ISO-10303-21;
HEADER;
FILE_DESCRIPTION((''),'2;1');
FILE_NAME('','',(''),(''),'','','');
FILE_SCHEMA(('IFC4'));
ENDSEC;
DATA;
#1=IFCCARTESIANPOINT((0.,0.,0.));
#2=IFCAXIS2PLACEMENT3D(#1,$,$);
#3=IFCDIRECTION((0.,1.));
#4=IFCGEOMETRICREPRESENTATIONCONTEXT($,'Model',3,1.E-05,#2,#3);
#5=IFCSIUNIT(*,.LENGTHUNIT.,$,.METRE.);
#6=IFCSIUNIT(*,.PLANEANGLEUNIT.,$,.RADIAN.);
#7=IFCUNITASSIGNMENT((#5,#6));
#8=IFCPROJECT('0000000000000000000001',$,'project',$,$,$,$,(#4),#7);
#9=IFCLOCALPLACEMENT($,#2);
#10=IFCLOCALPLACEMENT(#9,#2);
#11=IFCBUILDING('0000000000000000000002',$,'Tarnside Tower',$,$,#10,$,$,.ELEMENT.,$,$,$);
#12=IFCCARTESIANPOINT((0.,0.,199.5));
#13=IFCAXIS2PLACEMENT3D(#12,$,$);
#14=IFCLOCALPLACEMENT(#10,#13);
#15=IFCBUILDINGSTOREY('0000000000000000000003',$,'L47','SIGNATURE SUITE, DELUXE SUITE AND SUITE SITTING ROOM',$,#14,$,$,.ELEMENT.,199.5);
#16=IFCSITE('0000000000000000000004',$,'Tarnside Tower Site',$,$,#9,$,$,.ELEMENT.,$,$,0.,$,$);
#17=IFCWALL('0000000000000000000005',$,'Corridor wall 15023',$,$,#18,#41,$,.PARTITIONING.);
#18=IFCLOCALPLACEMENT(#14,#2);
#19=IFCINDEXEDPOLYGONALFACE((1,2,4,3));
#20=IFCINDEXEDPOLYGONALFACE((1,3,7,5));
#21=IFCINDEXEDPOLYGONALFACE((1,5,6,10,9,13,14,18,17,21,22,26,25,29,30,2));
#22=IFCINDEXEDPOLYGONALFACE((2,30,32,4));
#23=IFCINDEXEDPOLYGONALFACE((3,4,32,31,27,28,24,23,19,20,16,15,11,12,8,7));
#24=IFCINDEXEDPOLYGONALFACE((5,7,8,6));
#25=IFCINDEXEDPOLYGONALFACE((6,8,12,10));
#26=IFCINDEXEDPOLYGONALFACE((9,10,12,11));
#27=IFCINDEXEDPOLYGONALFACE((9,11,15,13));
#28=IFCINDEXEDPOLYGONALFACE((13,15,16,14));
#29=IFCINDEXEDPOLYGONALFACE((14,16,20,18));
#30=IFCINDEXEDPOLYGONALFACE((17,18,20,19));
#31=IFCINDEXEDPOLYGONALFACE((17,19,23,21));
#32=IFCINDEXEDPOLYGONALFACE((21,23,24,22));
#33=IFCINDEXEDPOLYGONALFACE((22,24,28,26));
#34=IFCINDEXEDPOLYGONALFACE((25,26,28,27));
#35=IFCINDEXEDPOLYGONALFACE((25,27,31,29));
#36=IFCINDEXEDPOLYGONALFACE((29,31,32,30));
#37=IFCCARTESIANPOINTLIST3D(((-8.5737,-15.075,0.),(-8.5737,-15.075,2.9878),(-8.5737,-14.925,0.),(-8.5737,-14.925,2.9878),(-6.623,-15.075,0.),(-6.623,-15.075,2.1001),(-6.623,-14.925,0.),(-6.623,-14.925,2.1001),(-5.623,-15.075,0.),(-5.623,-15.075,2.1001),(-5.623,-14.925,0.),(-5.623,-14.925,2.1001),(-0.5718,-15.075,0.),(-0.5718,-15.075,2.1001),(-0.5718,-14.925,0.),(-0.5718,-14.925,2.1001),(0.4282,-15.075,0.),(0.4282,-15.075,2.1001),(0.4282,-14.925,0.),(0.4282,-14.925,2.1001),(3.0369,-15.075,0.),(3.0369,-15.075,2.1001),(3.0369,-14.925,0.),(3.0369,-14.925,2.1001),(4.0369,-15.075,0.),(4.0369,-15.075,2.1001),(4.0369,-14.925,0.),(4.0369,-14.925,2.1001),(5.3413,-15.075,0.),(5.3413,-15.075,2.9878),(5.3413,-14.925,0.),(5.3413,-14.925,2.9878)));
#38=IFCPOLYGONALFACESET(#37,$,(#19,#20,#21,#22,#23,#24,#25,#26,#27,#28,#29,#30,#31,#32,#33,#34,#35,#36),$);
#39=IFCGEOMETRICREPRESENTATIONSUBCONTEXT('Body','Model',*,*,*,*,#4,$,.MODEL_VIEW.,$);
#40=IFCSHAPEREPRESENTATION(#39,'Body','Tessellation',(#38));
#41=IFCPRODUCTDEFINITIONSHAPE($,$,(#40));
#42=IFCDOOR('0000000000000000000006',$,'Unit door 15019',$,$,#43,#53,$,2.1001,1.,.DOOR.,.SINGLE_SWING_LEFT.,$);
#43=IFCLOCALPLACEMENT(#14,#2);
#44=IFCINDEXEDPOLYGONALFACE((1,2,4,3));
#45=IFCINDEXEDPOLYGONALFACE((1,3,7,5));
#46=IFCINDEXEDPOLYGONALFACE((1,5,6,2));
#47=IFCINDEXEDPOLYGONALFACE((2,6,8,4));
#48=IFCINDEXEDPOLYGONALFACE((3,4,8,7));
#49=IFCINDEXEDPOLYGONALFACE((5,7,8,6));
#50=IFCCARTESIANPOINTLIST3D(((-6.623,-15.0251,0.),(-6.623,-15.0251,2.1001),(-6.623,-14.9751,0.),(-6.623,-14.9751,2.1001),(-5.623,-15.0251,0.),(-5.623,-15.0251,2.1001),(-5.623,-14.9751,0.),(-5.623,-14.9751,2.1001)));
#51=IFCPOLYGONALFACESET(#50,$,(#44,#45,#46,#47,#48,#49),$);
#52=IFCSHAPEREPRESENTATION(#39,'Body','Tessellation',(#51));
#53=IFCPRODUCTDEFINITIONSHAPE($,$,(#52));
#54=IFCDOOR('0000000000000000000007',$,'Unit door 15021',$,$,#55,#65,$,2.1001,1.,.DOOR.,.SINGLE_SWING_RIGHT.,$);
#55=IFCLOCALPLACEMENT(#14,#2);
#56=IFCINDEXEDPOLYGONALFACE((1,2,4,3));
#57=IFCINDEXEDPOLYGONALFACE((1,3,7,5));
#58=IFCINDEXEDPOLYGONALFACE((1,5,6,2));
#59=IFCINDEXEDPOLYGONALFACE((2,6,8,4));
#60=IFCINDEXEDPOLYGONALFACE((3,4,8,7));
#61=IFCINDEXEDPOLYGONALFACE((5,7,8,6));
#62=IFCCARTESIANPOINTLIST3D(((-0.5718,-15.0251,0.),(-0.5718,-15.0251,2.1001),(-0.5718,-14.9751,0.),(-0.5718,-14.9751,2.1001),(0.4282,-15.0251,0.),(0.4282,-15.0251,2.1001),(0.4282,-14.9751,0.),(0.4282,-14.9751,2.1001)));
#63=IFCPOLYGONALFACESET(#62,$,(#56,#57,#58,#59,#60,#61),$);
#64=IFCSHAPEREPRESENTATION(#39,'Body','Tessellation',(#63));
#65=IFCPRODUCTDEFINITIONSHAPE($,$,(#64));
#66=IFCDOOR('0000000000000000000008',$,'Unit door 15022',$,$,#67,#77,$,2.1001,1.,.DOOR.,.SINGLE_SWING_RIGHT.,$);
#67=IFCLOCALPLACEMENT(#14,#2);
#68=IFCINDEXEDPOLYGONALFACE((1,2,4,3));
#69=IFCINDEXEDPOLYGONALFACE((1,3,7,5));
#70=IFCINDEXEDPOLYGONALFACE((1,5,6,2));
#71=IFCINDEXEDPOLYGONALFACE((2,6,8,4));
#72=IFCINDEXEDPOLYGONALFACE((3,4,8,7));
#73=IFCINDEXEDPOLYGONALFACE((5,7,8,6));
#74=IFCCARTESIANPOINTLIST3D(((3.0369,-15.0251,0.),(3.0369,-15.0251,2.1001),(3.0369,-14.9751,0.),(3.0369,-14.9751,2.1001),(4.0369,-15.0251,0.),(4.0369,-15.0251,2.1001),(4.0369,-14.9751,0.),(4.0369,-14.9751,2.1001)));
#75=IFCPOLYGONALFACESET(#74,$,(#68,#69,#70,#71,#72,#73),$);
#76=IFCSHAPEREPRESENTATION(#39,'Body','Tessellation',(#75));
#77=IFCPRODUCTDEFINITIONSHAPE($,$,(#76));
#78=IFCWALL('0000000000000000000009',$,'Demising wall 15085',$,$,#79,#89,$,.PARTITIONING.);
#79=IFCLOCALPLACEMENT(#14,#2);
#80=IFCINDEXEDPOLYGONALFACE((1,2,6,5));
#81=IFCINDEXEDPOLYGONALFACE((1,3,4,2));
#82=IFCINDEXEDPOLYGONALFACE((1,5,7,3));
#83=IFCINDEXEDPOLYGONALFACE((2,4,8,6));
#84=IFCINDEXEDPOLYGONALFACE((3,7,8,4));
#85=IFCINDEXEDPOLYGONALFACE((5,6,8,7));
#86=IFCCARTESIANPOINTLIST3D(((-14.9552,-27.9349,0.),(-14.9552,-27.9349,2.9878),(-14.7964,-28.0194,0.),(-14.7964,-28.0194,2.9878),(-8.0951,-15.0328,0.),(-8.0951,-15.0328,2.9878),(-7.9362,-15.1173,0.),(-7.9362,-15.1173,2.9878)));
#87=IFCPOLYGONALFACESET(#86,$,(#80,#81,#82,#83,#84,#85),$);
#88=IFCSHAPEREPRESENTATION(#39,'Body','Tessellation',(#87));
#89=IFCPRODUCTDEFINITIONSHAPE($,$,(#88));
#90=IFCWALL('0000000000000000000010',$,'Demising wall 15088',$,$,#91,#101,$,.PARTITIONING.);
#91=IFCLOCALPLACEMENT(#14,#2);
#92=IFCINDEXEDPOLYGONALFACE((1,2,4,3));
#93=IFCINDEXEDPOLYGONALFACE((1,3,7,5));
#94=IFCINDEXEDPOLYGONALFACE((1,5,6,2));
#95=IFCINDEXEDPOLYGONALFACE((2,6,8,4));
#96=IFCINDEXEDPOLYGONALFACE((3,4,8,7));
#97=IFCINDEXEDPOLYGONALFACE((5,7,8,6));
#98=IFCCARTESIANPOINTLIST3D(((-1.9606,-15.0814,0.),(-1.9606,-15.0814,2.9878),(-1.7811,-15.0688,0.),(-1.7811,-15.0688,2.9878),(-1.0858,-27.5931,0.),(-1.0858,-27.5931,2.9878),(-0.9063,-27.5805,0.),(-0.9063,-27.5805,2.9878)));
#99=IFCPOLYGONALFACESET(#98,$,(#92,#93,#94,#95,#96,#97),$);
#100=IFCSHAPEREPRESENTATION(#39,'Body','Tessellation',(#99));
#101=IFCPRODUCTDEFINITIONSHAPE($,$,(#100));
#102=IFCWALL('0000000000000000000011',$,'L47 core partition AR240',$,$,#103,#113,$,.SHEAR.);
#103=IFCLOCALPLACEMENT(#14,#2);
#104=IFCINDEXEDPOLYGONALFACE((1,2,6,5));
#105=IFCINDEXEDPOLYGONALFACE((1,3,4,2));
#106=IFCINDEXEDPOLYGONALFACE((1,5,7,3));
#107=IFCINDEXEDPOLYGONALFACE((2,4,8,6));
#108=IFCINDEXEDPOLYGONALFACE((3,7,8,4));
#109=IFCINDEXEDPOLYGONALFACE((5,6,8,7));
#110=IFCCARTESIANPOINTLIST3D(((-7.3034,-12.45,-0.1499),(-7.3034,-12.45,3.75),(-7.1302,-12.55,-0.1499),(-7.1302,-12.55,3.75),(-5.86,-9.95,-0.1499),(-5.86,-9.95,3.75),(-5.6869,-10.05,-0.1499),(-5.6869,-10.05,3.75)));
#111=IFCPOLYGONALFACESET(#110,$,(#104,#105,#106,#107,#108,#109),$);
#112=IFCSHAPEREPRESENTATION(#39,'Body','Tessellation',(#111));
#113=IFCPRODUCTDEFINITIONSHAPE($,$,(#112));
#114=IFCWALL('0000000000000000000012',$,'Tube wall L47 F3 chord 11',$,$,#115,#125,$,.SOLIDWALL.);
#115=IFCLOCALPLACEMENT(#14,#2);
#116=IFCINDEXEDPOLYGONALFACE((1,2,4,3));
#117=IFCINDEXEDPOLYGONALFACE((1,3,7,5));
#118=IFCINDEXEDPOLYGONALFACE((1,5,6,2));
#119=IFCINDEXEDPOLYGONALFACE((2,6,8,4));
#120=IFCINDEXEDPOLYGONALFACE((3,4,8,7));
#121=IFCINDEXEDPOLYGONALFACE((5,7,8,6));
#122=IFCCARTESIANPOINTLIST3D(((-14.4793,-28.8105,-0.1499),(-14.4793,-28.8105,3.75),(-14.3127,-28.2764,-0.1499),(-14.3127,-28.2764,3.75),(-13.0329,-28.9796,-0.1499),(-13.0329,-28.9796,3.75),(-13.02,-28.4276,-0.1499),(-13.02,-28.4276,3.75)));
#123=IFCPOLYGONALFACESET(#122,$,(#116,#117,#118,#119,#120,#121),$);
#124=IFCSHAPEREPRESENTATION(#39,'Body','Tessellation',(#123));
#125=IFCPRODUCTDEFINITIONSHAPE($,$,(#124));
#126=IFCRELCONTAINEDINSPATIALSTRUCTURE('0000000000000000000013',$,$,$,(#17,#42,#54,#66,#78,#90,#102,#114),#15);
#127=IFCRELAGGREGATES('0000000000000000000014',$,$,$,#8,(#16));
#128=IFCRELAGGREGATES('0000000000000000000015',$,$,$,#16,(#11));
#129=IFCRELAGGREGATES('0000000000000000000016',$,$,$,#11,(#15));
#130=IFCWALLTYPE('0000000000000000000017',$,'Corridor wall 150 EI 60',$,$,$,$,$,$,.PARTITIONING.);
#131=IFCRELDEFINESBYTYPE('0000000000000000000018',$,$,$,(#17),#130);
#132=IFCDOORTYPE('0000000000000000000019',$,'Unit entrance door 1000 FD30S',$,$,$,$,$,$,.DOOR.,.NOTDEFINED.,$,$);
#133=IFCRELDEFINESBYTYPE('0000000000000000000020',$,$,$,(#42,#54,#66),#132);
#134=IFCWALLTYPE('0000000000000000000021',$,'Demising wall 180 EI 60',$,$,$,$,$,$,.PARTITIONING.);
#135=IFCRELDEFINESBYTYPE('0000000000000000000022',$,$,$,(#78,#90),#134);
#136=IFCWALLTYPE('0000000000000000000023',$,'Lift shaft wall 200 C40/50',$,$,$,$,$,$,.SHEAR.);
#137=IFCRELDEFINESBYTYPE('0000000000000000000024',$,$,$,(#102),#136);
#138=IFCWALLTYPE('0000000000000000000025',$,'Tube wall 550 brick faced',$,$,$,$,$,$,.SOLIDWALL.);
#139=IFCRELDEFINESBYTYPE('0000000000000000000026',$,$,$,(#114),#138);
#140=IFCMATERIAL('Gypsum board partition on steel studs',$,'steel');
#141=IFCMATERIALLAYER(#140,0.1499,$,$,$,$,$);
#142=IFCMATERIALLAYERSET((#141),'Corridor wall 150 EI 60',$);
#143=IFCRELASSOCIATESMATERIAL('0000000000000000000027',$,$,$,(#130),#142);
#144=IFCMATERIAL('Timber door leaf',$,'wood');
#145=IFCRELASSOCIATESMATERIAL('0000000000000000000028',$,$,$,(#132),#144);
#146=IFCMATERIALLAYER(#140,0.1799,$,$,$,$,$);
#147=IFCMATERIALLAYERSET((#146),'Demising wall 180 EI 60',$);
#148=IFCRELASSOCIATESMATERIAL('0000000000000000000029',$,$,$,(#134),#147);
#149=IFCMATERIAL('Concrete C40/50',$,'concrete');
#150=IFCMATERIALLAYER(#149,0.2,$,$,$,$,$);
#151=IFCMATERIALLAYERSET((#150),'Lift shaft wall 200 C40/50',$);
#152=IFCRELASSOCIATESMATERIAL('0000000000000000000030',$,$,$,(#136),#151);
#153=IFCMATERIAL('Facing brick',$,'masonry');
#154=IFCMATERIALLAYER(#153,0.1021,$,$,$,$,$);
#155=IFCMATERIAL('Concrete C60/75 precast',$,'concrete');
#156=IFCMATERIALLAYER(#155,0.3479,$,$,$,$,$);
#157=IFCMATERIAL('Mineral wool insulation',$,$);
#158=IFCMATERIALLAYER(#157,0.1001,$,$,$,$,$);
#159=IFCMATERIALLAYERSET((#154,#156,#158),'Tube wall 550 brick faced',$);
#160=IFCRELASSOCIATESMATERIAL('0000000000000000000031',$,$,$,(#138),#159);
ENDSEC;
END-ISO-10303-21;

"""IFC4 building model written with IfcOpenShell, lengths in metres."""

from ifc_helpers import new_model, si_unit, direction, frame, frame_2d, origin, place, context, subcontext, project, spatial, polyline, rectangle, outline, extrude, material, layer, layer_set, type_object, element, fill, save


model = new_model("IFC4")

# Units and contexts
model_context = context("Model", 3, precision=1e-05, world=origin(), true_north=direction((0.0, 1.0)))
body_context = subcontext(model_context, "Body", "Model", "MODEL_VIEW")
ifc_project = project(units=[si_unit("LENGTHUNIT", "METRE"), si_unit("PLANEANGLEUNIT", "RADIAN")], contexts=[model_context])

# Site, building, storey
site_placement = place(None, origin())
site = spatial("IfcSite", under=ifc_project, at=site_placement, Name="Tarnside Tower Site", CompositionType="ELEMENT", RefElevation=0.0)
building_placement = place(site_placement, origin())
building = spatial("IfcBuilding", under=site, at=building_placement, Name="Tarnside Tower", CompositionType="ELEMENT")
storey_placement = place(building_placement, frame((0.0, 0.0, 199.5)))
storey = spatial("IfcBuildingStorey", under=building, at=storey_placement, Name="L47", Description="SIGNATURE SUITE, DELUXE SUITE AND SUITE SITTING ROOM", CompositionType="ELEMENT", Elevation=199.5)

# Shared definitions
ifc_material_1 = material(Name="Gypsum board partition on steel studs", Category="steel")

# Shared definitions
ifc_material_2 = material(Name="Timber door leaf", Category="wood")

# Wall, openings, doors
ifc_layer_1 = layer(ifc_material_1, 0.1499)
ifc_layer_set_1 = layer_set([ifc_layer_1], Name="Corridor wall 150 EI 60")
wall_type_1 = type_object("IfcWallType", Name="Corridor wall 150 EI 60", PredefinedType="PARTITIONING", material=ifc_layer_set_1)
wall_1_placement = place(storey_placement, frame((-8.5737, -15.0, 0.0), z_axis=(0.0, 0.0, 1.0), x_axis=(1.0, 0.0, 0.0)))
wall_1 = element("IfcWall", 1, at=wall_1_placement, inside=storey, type_object=wall_type_1, Name="Corridor wall 15023", PredefinedType="PARTITIONING", context=body_context, shape_type="SweptSolid", body=[
    extrude(rectangle(XDim=13.915, YDim=0.1499, at=frame_2d((6.9575, 0.0))), origin(), (0.0, 0.0, 1.0), 2.9878),
])
opening_1_placement = place(wall_1_placement, frame((1.9507, 0.0, 0.0)))
opening_1 = element("IfcOpeningElement", 2, at=opening_1_placement, cuts=wall_1, PredefinedType="OPENING", context=body_context, shape_type="SweptSolid", body=[
    extrude(rectangle(XDim=1.0, YDim=2.1001, at=frame_2d((0.5, 1.05))), frame((0.0, 0.085, 0.0), z_axis=(0.0, -1.0, 0.0), x_axis=(1.0, 0.0, 0.0)), (0.0, 0.0, 1.0), 0.1699),
])
opening_2_placement = place(wall_1_placement, frame((8.002, 0.0, 0.0)))
opening_2 = element("IfcOpeningElement", 3, at=opening_2_placement, cuts=wall_1, PredefinedType="OPENING", context=body_context, shape_type="SweptSolid", body=[
    extrude(rectangle(XDim=1.0, YDim=2.1001, at=frame_2d((0.5, 1.05))), frame((0.0, 0.085, 0.0), z_axis=(0.0, -1.0, 0.0), x_axis=(1.0, 0.0, 0.0)), (0.0, 0.0, 1.0), 0.1699),
])
opening_3_placement = place(wall_1_placement, frame((11.6106, 0.0, 0.0)))
opening_3 = element("IfcOpeningElement", 4, at=opening_3_placement, cuts=wall_1, PredefinedType="OPENING", context=body_context, shape_type="SweptSolid", body=[
    extrude(rectangle(XDim=1.0, YDim=2.1001, at=frame_2d((0.5, 1.05))), frame((0.0, 0.085, 0.0), z_axis=(0.0, -1.0, 0.0), x_axis=(1.0, 0.0, 0.0)), (0.0, 0.0, 1.0), 0.1699),
])
door_type_1 = type_object("IfcDoorType", Name="Unit entrance door 1000 FD30S", OperationType="NOTDEFINED", PredefinedType="DOOR", material=ifc_material_2)
door_1_placement = place(opening_1_placement, origin())
door_1 = element("IfcDoor", 5, at=door_1_placement, inside=storey, type_object=door_type_1, Name="Unit door 15019", OperationType="SINGLE_SWING_LEFT", OverallHeight=2.1001, OverallWidth=1.0, PredefinedType="DOOR", context=body_context, shape_type="SweptSolid", body=[
    extrude(rectangle(XDim=1.0, YDim=2.1001, at=frame_2d((0.5, 1.05))), frame((0.0, 0.0249, 0.0), z_axis=(0.0, -1.0, 0.0), x_axis=(1.0, 0.0, 0.0)), (0.0, 0.0, 1.0), 0.05),
])
fill(opening_1, door_1)
door_2_placement = place(opening_2_placement, origin())
door_2 = element("IfcDoor", 6, at=door_2_placement, inside=storey, type_object=door_type_1, Name="Unit door 15021", OperationType="SINGLE_SWING_RIGHT", OverallHeight=2.1001, OverallWidth=1.0, PredefinedType="DOOR", context=body_context, shape_type="SweptSolid", body=[
    extrude(rectangle(XDim=1.0, YDim=2.1001, at=frame_2d((0.5, 1.05))), frame((0.0, 0.0249, 0.0), z_axis=(0.0, -1.0, 0.0), x_axis=(1.0, 0.0, 0.0)), (0.0, 0.0, 1.0), 0.05),
])
fill(opening_2, door_2)
door_3_placement = place(opening_3_placement, origin())
door_3 = element("IfcDoor", 7, at=door_3_placement, inside=storey, type_object=door_type_1, Name="Unit door 15022", OperationType="SINGLE_SWING_RIGHT", OverallHeight=2.1001, OverallWidth=1.0, PredefinedType="DOOR", context=body_context, shape_type="SweptSolid", body=[
    extrude(rectangle(XDim=1.0, YDim=2.1001, at=frame_2d((0.5, 1.05))), frame((0.0, 0.0249, 0.0), z_axis=(0.0, -1.0, 0.0), x_axis=(1.0, 0.0, 0.0)), (0.0, 0.0, 1.0), 0.05),
])
fill(opening_3, door_3)

# Walls
ifc_layer_2 = layer(ifc_material_1, 0.1799)
ifc_layer_set_2 = layer_set([ifc_layer_2], Name="Demising wall 180 EI 60")
wall_type_2 = type_object("IfcWallType", Name="Demising wall 180 EI 60", PredefinedType="PARTITIONING", material=ifc_layer_set_2)
wall_2_placement = place(storey_placement, frame((-14.8757, -27.9771, 0.0), z_axis=(0.0, 0.0, 1.0), x_axis=(0.469468, 0.882949, 0.0)))
element("IfcWall", 8, at=wall_2_placement, inside=storey, type_object=wall_type_2, Name="Demising wall 15085", PredefinedType="PARTITIONING", context=body_context, shape_type="SweptSolid", body=[
    extrude(rectangle(XDim=14.6125, YDim=0.1799, at=frame_2d((7.3062, 0.0))), origin(), (0.0, 0.0, 1.0), 2.9878),
])
wall_3_placement = place(storey_placement, frame((-0.9961, -27.5867, 0.0), z_axis=(0.0, 0.0, 1.0), x_axis=(-0.069745, 0.997565, 0.0)))
element("IfcWall", 9, at=wall_3_placement, inside=storey, type_object=wall_type_2, Name="Demising wall 15088", PredefinedType="PARTITIONING", context=body_context, shape_type="SweptSolid", body=[
    extrude(rectangle(XDim=12.5422, YDim=0.1799, at=frame_2d((6.271, 0.0))), origin(), (0.0, 0.0, 1.0), 2.9878),
])
ifc_material_3 = material(Name="Concrete C40/50", Category="concrete")
ifc_layer_3 = layer(ifc_material_3, 0.2)
ifc_layer_set_3 = layer_set([ifc_layer_3], Name="Lift shaft wall 200 C40/50")
wall_type_3 = type_object("IfcWallType", Name="Lift shaft wall 200 C40/50", PredefinedType="SHEAR", material=ifc_layer_set_3)
wall_4_placement = place(storey_placement, frame((-5.7734, -10.0, -0.1499), z_axis=(0.0, 0.0, 1.0), x_axis=(-0.499996, -0.866028, 0.0)))
element("IfcWall", 10, at=wall_4_placement, inside=storey, type_object=wall_type_3, Name="L47 core partition AR240", PredefinedType="SHEAR", context=body_context, shape_type="SweptSolid", body=[
    extrude(rectangle(XDim=2.8867, YDim=0.2, at=frame_2d((1.4434, 0.0))), origin(), (0.0, 0.0, 1.0), 3.8999),
])
ifc_material_4 = material(Name="Facing brick", Category="masonry")
ifc_layer_4 = layer(ifc_material_4, 0.1021)
ifc_material_5 = material(Name="Concrete C60/75 precast", Category="concrete")
ifc_layer_5 = layer(ifc_material_5, 0.3479)
ifc_material_6 = material(Name="Mineral wool insulation")
ifc_layer_6 = layer(ifc_material_6, 0.1001)
ifc_layer_set_4 = layer_set([ifc_layer_4, ifc_layer_5, ifc_layer_6], Name="Tube wall 550 brick faced")
wall_type_4 = type_object("IfcWallType", Name="Tube wall 550 brick faced", PredefinedType="SOLIDWALL", material=ifc_layer_set_4)
wall_5_placement = place(storey_placement, frame((-14.396, -28.5435, -0.1499), z_axis=(0.0, 0.0, 1.0), x_axis=(0.993233, -0.116143, 0.0)))
element("IfcWall", 11, at=wall_5_placement, inside=storey, type_object=wall_type_4, Name="Tube wall L47 F3 chord 11", PredefinedType="SOLIDWALL", context=body_context, shape_type="SweptSolid", body=[
    extrude(outline(polyline([(-0.0518, -0.2749), (1.4045, -0.2749), (1.3533, 0.2749), (0.0518, 0.2749), (-0.0518, -0.2749)])), origin(), (0.0, 0.0, 1.0), 3.8999),
])

save(model, "model.ifc")
